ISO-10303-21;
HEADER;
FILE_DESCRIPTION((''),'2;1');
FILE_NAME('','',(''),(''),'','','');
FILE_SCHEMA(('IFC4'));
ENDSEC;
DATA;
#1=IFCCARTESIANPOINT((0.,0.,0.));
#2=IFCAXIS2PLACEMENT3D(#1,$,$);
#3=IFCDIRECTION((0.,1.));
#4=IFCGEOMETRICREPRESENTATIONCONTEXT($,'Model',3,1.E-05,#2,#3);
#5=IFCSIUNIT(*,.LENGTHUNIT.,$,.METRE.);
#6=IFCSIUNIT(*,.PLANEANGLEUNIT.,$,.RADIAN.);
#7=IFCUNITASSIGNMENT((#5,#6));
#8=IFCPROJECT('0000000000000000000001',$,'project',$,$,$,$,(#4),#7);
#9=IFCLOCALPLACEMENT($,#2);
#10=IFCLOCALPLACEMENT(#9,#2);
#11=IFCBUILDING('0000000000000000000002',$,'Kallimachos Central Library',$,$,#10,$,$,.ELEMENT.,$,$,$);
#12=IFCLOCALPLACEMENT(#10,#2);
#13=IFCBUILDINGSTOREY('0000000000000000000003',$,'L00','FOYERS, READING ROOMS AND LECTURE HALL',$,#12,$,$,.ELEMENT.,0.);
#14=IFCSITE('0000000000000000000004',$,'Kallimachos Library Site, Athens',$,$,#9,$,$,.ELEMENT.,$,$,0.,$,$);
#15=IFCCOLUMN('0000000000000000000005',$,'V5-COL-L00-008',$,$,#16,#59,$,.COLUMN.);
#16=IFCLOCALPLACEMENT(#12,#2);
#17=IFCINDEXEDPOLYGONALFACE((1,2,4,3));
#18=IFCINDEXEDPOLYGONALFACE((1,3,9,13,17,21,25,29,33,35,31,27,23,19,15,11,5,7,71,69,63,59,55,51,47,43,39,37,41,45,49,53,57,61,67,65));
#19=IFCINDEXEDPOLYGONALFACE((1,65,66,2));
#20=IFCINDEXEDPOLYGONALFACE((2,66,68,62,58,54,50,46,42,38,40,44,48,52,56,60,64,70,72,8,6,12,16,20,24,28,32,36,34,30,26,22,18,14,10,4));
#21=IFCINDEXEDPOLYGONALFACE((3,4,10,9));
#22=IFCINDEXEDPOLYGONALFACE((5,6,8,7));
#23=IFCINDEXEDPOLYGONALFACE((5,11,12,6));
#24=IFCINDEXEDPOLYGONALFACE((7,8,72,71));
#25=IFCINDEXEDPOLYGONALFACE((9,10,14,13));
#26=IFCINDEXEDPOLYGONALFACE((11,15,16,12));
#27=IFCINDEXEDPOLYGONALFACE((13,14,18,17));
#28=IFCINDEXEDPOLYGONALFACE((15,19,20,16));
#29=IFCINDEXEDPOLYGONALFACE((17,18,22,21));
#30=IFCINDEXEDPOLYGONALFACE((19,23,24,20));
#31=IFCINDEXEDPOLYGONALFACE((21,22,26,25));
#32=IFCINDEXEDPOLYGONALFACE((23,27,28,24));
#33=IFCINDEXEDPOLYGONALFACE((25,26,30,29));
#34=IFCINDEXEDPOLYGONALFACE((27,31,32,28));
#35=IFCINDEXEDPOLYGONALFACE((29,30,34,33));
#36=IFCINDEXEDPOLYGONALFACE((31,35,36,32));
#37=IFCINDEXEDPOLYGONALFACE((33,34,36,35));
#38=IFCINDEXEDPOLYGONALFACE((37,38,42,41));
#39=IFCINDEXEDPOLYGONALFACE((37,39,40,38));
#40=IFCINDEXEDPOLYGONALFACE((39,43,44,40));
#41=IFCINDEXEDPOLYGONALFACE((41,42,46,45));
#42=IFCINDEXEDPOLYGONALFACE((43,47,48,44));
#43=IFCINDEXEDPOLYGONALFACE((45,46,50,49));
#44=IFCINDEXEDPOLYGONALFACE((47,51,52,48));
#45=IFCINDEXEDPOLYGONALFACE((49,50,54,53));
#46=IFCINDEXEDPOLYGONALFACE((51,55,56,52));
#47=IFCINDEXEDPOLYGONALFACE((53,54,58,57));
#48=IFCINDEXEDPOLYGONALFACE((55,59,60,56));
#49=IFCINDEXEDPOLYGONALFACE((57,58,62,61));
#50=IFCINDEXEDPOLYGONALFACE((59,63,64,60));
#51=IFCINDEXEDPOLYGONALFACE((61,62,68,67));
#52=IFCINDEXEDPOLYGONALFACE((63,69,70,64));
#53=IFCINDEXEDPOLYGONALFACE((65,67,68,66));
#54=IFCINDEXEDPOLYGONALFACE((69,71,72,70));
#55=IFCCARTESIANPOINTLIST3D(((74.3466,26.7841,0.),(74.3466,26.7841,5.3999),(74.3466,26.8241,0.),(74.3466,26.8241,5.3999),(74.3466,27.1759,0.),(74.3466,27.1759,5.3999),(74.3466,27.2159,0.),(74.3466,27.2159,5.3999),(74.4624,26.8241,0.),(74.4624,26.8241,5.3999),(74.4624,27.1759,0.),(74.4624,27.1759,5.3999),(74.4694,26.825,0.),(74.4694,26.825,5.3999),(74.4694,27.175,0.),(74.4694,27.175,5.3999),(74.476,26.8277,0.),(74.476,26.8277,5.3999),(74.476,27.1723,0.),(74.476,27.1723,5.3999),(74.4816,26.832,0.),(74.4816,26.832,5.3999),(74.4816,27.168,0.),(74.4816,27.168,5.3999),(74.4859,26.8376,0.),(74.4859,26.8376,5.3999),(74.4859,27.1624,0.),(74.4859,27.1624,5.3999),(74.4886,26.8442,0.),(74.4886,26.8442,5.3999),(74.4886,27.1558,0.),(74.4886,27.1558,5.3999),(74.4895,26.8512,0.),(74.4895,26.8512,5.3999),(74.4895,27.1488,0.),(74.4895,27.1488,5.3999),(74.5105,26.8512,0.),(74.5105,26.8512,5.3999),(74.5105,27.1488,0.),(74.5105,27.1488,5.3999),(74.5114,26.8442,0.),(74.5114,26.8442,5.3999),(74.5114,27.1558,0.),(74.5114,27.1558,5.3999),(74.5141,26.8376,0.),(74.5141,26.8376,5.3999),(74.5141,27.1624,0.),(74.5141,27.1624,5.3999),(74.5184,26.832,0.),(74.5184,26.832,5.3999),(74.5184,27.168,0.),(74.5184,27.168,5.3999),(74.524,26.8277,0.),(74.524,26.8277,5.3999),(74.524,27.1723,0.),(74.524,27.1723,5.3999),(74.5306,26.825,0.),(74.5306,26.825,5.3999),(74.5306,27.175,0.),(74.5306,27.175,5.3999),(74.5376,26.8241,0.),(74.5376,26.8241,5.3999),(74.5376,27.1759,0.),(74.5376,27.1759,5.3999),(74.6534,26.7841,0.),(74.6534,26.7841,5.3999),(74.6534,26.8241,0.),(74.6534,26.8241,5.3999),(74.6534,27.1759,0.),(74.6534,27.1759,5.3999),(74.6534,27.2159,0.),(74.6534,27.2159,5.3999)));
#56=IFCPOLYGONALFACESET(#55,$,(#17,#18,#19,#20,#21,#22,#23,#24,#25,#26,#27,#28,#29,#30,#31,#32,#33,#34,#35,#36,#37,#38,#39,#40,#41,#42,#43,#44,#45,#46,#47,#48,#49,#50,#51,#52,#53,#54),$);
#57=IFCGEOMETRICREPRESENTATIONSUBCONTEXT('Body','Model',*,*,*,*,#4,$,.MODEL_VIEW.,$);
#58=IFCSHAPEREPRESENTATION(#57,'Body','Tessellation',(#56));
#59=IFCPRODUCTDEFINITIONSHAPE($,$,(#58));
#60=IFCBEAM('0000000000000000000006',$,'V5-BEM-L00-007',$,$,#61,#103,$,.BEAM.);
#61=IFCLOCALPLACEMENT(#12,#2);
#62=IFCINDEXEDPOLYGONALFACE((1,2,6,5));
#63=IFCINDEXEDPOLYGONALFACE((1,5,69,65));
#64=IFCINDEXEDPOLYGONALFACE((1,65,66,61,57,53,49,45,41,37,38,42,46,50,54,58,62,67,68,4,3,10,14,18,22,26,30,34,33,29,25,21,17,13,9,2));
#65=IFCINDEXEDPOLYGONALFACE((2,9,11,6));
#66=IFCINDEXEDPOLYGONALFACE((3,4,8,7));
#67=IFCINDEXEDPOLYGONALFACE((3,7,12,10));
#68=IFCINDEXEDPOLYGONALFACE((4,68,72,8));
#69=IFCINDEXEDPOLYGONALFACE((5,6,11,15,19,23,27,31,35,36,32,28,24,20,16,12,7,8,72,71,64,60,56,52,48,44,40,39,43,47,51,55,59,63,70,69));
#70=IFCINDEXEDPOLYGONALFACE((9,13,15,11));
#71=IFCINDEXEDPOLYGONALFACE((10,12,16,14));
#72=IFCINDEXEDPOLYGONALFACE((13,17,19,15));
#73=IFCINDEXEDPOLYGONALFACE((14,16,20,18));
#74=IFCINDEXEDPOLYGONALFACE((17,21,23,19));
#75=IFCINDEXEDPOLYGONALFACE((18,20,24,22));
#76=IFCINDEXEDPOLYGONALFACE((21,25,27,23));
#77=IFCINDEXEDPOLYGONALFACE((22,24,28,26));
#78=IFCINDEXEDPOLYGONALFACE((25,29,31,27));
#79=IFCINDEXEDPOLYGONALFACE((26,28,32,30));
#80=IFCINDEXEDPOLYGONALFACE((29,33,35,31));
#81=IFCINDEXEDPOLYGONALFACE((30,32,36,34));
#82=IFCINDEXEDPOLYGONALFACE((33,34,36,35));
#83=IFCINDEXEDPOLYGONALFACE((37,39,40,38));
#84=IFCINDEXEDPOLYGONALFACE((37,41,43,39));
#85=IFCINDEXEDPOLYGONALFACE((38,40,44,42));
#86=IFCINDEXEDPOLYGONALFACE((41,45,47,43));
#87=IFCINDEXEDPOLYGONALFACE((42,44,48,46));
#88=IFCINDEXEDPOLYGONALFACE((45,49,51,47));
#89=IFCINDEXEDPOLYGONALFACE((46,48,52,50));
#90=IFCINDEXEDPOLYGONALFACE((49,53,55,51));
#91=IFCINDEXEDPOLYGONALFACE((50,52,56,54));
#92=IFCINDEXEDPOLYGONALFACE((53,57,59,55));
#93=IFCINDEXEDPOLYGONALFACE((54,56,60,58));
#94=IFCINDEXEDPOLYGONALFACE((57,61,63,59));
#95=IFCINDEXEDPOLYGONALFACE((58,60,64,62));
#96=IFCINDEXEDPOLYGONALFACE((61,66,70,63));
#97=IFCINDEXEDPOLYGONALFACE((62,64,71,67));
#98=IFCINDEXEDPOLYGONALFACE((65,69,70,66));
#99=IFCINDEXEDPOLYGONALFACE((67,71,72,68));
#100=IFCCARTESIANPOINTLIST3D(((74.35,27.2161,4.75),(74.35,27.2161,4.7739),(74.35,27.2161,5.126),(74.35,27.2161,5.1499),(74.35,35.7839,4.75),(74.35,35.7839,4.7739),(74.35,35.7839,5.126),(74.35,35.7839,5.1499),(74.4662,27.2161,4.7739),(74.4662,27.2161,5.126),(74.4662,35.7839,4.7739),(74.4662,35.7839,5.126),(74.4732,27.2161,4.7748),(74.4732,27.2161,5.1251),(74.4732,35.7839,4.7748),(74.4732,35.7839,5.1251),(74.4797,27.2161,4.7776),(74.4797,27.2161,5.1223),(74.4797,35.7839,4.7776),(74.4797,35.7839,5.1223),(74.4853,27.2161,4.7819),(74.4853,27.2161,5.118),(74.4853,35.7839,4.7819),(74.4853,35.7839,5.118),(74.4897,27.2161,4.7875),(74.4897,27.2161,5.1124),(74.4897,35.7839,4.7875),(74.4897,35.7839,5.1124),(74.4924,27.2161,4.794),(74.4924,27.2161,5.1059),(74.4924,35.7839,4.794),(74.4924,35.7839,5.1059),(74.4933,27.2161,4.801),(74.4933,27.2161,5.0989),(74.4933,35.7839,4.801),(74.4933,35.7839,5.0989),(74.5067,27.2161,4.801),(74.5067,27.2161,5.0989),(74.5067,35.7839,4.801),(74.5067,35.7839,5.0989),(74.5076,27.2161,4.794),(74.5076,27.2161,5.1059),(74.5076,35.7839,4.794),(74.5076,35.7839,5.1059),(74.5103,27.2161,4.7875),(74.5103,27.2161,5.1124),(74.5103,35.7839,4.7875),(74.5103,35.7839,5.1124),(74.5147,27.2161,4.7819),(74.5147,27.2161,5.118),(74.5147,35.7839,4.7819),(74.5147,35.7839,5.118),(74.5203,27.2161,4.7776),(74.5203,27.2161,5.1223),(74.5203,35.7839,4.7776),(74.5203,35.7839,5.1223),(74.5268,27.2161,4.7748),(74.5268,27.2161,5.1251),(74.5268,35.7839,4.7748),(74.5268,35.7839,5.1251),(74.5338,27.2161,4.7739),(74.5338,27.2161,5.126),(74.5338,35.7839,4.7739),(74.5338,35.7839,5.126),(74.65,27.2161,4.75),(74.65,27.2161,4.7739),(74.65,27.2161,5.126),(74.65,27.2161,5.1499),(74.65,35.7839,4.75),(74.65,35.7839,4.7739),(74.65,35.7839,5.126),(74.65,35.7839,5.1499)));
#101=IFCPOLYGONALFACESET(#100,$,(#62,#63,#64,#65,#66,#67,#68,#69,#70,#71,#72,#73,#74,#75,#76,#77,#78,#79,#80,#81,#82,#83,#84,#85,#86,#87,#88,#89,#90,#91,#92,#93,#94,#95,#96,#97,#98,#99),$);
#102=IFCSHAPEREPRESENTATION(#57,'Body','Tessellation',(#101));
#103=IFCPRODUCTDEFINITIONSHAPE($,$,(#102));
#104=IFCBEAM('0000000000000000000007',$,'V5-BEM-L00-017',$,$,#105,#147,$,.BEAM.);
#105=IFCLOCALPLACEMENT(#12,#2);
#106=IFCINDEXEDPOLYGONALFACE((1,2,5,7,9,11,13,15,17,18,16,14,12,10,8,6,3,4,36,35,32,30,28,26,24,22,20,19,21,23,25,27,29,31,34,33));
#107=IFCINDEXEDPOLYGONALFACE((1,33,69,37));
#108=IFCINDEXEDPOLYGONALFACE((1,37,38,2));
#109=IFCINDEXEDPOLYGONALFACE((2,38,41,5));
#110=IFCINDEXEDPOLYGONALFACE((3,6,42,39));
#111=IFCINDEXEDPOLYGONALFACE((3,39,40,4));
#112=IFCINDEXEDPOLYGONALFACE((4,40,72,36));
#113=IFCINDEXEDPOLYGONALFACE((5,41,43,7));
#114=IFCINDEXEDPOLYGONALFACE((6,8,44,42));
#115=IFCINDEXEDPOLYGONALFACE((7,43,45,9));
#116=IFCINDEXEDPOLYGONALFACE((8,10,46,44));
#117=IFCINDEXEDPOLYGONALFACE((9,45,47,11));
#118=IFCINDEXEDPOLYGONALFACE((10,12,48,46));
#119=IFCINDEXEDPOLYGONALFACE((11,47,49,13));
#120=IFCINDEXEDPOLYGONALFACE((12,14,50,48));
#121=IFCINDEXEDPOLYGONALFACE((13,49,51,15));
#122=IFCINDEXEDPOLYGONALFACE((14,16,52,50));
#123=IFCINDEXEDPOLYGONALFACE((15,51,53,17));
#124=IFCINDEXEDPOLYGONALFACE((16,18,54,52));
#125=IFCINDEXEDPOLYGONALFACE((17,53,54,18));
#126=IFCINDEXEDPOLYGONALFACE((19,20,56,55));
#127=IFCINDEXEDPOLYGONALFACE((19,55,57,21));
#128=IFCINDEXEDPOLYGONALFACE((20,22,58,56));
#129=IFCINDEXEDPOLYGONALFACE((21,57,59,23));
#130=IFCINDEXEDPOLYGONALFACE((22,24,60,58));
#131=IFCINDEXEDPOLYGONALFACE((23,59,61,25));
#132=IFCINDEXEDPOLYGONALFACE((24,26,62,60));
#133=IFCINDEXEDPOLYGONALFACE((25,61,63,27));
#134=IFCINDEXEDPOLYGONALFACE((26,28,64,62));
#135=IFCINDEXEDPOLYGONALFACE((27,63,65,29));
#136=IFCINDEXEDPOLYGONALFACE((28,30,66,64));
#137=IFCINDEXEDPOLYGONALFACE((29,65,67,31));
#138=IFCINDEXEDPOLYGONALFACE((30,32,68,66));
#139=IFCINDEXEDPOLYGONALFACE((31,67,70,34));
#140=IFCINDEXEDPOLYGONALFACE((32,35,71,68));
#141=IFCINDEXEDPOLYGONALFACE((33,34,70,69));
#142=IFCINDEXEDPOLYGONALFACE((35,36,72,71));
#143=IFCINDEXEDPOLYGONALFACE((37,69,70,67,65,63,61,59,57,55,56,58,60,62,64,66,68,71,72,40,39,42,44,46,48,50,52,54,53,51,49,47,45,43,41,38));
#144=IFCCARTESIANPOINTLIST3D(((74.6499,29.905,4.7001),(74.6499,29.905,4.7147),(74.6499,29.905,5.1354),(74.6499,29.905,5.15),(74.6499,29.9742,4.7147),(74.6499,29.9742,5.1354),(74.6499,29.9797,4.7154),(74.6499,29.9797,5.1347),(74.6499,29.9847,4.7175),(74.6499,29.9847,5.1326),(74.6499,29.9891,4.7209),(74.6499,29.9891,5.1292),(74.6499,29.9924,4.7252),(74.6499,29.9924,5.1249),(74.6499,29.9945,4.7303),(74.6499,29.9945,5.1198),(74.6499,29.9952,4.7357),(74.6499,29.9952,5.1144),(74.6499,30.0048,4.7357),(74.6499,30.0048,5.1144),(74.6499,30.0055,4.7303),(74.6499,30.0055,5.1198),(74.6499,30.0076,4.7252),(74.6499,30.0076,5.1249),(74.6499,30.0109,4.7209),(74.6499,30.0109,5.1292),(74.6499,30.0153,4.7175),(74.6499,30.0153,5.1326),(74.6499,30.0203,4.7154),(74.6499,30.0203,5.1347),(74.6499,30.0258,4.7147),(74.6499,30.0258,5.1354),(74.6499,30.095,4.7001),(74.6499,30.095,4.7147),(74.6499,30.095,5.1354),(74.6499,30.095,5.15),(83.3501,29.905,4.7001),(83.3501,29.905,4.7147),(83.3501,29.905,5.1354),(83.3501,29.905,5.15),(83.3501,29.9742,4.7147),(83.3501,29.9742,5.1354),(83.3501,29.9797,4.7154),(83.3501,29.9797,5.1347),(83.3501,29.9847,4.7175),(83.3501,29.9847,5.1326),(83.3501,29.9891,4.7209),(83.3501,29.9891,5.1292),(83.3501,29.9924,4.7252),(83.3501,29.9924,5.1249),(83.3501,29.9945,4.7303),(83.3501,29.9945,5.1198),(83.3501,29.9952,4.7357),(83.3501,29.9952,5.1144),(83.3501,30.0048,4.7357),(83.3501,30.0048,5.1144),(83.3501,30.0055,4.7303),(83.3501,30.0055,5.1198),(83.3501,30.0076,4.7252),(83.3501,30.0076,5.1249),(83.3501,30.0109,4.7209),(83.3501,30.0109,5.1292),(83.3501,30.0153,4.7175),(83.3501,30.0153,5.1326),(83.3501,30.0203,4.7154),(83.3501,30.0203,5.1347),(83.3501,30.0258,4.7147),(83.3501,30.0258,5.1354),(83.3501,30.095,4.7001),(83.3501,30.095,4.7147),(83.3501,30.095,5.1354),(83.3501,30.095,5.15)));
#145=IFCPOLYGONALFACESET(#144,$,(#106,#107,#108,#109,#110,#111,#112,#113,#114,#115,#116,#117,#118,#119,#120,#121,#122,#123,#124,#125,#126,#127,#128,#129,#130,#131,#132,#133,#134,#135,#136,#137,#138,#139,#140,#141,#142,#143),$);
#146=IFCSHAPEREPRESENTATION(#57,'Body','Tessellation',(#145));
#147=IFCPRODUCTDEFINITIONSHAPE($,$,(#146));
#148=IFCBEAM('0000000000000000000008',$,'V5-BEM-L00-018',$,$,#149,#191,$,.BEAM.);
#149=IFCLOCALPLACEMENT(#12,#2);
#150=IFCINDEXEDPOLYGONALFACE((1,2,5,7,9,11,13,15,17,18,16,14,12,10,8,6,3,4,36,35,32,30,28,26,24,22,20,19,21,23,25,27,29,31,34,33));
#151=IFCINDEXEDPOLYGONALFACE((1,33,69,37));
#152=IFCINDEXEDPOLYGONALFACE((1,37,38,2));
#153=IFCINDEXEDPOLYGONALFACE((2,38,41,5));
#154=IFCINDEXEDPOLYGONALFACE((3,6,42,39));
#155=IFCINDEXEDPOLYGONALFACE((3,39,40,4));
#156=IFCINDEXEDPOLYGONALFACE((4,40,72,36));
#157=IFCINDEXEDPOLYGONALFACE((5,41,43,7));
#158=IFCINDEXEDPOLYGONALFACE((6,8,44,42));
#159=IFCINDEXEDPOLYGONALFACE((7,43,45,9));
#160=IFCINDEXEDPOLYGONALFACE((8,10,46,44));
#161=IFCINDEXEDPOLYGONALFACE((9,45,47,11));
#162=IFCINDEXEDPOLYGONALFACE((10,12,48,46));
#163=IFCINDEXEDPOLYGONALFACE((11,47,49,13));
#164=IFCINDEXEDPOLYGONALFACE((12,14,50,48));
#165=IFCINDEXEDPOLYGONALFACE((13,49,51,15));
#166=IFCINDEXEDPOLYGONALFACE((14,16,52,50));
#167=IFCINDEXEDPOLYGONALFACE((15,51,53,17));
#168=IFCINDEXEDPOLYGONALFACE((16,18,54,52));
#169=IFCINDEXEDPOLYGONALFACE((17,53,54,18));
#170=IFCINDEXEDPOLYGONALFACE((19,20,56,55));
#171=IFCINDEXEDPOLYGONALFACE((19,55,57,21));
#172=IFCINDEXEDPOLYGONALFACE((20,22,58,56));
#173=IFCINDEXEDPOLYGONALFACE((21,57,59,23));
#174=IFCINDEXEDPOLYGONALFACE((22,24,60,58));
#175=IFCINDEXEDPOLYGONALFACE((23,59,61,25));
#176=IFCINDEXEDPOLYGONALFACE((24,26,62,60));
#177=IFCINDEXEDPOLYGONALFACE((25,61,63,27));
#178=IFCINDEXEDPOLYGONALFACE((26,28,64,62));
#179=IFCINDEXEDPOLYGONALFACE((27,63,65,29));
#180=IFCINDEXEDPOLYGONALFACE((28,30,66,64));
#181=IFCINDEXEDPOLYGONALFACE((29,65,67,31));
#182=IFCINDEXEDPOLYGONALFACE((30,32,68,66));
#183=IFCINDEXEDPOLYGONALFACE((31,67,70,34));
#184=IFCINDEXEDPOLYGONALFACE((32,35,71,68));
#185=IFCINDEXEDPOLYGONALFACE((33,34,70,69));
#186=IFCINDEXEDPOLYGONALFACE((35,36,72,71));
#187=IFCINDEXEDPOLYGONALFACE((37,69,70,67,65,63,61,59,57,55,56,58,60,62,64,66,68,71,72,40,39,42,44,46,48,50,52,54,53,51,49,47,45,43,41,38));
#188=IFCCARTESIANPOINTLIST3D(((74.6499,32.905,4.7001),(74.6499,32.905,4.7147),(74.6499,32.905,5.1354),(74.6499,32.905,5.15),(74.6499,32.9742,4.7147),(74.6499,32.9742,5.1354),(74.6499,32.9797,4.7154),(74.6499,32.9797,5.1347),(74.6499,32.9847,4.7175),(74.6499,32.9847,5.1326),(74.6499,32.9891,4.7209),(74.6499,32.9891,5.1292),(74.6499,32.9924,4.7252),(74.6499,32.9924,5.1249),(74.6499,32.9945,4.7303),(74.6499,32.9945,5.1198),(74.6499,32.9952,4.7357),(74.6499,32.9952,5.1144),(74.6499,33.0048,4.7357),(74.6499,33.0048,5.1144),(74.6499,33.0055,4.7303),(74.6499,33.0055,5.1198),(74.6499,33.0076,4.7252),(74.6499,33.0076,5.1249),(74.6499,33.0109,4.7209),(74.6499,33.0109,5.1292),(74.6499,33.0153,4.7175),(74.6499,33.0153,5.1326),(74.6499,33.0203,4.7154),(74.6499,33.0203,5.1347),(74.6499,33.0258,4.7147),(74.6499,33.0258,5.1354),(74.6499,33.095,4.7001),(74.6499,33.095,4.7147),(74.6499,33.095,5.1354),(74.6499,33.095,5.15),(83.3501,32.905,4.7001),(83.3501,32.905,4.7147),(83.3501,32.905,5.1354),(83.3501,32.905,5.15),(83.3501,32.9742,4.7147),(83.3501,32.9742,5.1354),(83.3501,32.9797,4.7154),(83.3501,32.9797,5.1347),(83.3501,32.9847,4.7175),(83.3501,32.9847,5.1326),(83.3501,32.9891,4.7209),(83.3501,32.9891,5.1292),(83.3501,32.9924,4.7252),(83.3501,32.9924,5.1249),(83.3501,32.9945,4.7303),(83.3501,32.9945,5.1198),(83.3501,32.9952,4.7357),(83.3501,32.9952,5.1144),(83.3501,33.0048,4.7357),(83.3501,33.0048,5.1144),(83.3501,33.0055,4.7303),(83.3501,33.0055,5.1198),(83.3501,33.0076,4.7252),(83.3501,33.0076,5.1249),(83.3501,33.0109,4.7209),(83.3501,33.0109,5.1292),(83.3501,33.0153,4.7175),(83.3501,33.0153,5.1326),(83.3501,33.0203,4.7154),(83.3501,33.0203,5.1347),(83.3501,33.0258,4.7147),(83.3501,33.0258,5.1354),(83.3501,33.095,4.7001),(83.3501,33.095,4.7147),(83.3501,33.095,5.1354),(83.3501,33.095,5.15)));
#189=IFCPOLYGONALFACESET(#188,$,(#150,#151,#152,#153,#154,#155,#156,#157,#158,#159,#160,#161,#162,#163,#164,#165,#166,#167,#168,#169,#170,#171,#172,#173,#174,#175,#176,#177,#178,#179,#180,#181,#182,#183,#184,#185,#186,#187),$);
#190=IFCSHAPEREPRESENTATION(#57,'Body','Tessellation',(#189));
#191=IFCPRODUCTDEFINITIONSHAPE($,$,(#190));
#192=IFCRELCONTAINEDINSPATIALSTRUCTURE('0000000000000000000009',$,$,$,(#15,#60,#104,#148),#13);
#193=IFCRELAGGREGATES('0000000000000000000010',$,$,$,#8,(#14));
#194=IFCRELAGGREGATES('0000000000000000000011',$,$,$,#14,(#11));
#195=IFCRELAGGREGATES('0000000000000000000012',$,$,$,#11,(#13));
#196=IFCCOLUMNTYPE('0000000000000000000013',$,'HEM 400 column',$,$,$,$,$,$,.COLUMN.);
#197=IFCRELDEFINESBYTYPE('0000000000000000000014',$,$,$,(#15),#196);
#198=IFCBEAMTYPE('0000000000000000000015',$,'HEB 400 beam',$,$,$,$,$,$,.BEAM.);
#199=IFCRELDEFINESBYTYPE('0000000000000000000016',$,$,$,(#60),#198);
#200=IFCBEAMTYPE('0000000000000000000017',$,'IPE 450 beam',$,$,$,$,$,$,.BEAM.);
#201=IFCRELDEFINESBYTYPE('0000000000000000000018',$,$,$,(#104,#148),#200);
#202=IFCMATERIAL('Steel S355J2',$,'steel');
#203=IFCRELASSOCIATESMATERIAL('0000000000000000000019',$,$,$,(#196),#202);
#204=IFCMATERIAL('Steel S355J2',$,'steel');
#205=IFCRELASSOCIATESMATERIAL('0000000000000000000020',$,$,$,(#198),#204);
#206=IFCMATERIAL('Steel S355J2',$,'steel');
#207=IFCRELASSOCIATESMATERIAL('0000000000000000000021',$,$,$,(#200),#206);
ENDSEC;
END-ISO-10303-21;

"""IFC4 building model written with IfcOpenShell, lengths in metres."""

from ifc_helpers import new_model, si_unit, direction, frame, origin, origin_2d, place, context, subcontext, project, spatial, i_section, extrude, material, material_profile, profile_set, type_object, element, save


model = new_model("IFC4")

# Units and contexts
model_context = context("Model", 3, precision=1e-05, world=origin(), true_north=direction((0.0, 1.0)))
body_context = subcontext(model_context, "Body", "Model", "MODEL_VIEW")
ifc_project = project(units=[si_unit("LENGTHUNIT", "METRE"), si_unit("PLANEANGLEUNIT", "RADIAN")], contexts=[model_context])

# Site, building, storey
site_placement = place(None, origin())
site = spatial("IfcSite", under=ifc_project, at=site_placement, Name="Kallimachos Library Site, Athens", CompositionType="ELEMENT", RefElevation=0.0)
building_placement = place(site_placement, origin())
building = spatial("IfcBuilding", under=site, at=building_placement, Name="Kallimachos Central Library", CompositionType="ELEMENT")
storey_placement = place(building_placement, origin())
storey = spatial("IfcBuildingStorey", under=building, at=storey_placement, Name="L00", Description="FOYERS, READING ROOMS AND LECTURE HALL", CompositionType="ELEMENT", Elevation=0.0)

# Column
ifc_material_1 = material(Name="Steel S355J2", Category="steel")
ifc_material_profile_1 = material_profile(ifc_material_1, i_section(OverallWidth=0.3069, OverallDepth=0.4319, WebThickness=0.021, FlangeThickness=0.04, FilletRadius=0.0271, at=origin_2d()), Name="HEM 400")
ifc_profile_set_1 = profile_set([ifc_material_profile_1], Name="Steel S355J2")
column_type = type_object("IfcColumnType", Name="HEM 400 column", PredefinedType="COLUMN", material=ifc_profile_set_1)
column_placement = place(storey_placement, frame((74.5, 27.0, 0.0), z_axis=(0.0, 0.0, 1.0), x_axis=(1.0, 0.0, 0.0)))
element("IfcColumn", 1, at=column_placement, inside=storey, type_object=column_type, Name="V5-COL-L00-008", PredefinedType="COLUMN", context=body_context, shape_type="SweptSolid", body=[
    extrude(i_section(OverallWidth=0.3069, OverallDepth=0.4319, WebThickness=0.021, FlangeThickness=0.04, FilletRadius=0.0271, at=origin_2d()), origin(), (0.0, 0.0, 1.0), 5.3999),
])

# Beams
ifc_material_2 = material(Name="Steel S355J2", Category="steel")
ifc_material_profile_2 = material_profile(ifc_material_2, i_section(OverallWidth=0.3, OverallDepth=0.3999, WebThickness=0.0134, FlangeThickness=0.0239, FilletRadius=0.0271, at=origin_2d()), Name="HEB 400")
ifc_profile_set_2 = profile_set([ifc_material_profile_2], Name="Steel S355J2")
beam_type_1 = type_object("IfcBeamType", Name="HEB 400 beam", PredefinedType="BEAM", material=ifc_profile_set_2)
beam_placement = place(storey_placement, frame((74.5, 27.2161, 4.95), z_axis=(0.0, 1.0, 0.0), x_axis=(-1.0, 0.0, 0.0)))
element("IfcBeam", 2, at=beam_placement, inside=storey, type_object=beam_type_1, Name="V5-BEM-L00-007", PredefinedType="BEAM", context=body_context, shape_type="SweptSolid", body=[
    extrude(i_section(OverallWidth=0.3, OverallDepth=0.3999, WebThickness=0.0134, FlangeThickness=0.0239, FilletRadius=0.0271, at=origin_2d()), origin(), (0.0, 0.0, 1.0), 8.5679),
])
ifc_material_3 = material(Name="Steel S355J2", Category="steel")
ifc_material_profile_3 = material_profile(ifc_material_3, i_section(OverallWidth=0.1899, OverallDepth=0.45, WebThickness=0.0095, FlangeThickness=0.0146, FilletRadius=0.021, at=origin_2d()), Name="IPE 450")
ifc_profile_set_3 = profile_set([ifc_material_profile_3], Name="Steel S355J2")
beam_type_2 = type_object("IfcBeamType", Name="IPE 450 beam", PredefinedType="BEAM", material=ifc_profile_set_3)
for number, where, z_axis, x_axis, name in (
    (3, (74.6499, 30.0, 4.925), (1.0, 0.0, 0.0), (0.0, 1.0, 0.0), "V5-BEM-L00-017"),
    (4, (74.6499, 33.0, 4.925), (1.0, 0.0, 0.0), (0.0, 1.0, 0.0), "V5-BEM-L00-018"),
):
    element("IfcBeam", number, at=place(storey_placement, frame(where, z_axis=z_axis, x_axis=x_axis)), inside=storey, type_object=beam_type_2, Name=name, PredefinedType="BEAM", context=body_context, shape_type="SweptSolid", body=[
        extrude(i_section(OverallWidth=0.1899, OverallDepth=0.45, WebThickness=0.0095, FlangeThickness=0.0146, FilletRadius=0.021, at=origin_2d()), origin(), (0.0, 0.0, 1.0), 8.7002),
    ])

save(model, "model.ifc")
